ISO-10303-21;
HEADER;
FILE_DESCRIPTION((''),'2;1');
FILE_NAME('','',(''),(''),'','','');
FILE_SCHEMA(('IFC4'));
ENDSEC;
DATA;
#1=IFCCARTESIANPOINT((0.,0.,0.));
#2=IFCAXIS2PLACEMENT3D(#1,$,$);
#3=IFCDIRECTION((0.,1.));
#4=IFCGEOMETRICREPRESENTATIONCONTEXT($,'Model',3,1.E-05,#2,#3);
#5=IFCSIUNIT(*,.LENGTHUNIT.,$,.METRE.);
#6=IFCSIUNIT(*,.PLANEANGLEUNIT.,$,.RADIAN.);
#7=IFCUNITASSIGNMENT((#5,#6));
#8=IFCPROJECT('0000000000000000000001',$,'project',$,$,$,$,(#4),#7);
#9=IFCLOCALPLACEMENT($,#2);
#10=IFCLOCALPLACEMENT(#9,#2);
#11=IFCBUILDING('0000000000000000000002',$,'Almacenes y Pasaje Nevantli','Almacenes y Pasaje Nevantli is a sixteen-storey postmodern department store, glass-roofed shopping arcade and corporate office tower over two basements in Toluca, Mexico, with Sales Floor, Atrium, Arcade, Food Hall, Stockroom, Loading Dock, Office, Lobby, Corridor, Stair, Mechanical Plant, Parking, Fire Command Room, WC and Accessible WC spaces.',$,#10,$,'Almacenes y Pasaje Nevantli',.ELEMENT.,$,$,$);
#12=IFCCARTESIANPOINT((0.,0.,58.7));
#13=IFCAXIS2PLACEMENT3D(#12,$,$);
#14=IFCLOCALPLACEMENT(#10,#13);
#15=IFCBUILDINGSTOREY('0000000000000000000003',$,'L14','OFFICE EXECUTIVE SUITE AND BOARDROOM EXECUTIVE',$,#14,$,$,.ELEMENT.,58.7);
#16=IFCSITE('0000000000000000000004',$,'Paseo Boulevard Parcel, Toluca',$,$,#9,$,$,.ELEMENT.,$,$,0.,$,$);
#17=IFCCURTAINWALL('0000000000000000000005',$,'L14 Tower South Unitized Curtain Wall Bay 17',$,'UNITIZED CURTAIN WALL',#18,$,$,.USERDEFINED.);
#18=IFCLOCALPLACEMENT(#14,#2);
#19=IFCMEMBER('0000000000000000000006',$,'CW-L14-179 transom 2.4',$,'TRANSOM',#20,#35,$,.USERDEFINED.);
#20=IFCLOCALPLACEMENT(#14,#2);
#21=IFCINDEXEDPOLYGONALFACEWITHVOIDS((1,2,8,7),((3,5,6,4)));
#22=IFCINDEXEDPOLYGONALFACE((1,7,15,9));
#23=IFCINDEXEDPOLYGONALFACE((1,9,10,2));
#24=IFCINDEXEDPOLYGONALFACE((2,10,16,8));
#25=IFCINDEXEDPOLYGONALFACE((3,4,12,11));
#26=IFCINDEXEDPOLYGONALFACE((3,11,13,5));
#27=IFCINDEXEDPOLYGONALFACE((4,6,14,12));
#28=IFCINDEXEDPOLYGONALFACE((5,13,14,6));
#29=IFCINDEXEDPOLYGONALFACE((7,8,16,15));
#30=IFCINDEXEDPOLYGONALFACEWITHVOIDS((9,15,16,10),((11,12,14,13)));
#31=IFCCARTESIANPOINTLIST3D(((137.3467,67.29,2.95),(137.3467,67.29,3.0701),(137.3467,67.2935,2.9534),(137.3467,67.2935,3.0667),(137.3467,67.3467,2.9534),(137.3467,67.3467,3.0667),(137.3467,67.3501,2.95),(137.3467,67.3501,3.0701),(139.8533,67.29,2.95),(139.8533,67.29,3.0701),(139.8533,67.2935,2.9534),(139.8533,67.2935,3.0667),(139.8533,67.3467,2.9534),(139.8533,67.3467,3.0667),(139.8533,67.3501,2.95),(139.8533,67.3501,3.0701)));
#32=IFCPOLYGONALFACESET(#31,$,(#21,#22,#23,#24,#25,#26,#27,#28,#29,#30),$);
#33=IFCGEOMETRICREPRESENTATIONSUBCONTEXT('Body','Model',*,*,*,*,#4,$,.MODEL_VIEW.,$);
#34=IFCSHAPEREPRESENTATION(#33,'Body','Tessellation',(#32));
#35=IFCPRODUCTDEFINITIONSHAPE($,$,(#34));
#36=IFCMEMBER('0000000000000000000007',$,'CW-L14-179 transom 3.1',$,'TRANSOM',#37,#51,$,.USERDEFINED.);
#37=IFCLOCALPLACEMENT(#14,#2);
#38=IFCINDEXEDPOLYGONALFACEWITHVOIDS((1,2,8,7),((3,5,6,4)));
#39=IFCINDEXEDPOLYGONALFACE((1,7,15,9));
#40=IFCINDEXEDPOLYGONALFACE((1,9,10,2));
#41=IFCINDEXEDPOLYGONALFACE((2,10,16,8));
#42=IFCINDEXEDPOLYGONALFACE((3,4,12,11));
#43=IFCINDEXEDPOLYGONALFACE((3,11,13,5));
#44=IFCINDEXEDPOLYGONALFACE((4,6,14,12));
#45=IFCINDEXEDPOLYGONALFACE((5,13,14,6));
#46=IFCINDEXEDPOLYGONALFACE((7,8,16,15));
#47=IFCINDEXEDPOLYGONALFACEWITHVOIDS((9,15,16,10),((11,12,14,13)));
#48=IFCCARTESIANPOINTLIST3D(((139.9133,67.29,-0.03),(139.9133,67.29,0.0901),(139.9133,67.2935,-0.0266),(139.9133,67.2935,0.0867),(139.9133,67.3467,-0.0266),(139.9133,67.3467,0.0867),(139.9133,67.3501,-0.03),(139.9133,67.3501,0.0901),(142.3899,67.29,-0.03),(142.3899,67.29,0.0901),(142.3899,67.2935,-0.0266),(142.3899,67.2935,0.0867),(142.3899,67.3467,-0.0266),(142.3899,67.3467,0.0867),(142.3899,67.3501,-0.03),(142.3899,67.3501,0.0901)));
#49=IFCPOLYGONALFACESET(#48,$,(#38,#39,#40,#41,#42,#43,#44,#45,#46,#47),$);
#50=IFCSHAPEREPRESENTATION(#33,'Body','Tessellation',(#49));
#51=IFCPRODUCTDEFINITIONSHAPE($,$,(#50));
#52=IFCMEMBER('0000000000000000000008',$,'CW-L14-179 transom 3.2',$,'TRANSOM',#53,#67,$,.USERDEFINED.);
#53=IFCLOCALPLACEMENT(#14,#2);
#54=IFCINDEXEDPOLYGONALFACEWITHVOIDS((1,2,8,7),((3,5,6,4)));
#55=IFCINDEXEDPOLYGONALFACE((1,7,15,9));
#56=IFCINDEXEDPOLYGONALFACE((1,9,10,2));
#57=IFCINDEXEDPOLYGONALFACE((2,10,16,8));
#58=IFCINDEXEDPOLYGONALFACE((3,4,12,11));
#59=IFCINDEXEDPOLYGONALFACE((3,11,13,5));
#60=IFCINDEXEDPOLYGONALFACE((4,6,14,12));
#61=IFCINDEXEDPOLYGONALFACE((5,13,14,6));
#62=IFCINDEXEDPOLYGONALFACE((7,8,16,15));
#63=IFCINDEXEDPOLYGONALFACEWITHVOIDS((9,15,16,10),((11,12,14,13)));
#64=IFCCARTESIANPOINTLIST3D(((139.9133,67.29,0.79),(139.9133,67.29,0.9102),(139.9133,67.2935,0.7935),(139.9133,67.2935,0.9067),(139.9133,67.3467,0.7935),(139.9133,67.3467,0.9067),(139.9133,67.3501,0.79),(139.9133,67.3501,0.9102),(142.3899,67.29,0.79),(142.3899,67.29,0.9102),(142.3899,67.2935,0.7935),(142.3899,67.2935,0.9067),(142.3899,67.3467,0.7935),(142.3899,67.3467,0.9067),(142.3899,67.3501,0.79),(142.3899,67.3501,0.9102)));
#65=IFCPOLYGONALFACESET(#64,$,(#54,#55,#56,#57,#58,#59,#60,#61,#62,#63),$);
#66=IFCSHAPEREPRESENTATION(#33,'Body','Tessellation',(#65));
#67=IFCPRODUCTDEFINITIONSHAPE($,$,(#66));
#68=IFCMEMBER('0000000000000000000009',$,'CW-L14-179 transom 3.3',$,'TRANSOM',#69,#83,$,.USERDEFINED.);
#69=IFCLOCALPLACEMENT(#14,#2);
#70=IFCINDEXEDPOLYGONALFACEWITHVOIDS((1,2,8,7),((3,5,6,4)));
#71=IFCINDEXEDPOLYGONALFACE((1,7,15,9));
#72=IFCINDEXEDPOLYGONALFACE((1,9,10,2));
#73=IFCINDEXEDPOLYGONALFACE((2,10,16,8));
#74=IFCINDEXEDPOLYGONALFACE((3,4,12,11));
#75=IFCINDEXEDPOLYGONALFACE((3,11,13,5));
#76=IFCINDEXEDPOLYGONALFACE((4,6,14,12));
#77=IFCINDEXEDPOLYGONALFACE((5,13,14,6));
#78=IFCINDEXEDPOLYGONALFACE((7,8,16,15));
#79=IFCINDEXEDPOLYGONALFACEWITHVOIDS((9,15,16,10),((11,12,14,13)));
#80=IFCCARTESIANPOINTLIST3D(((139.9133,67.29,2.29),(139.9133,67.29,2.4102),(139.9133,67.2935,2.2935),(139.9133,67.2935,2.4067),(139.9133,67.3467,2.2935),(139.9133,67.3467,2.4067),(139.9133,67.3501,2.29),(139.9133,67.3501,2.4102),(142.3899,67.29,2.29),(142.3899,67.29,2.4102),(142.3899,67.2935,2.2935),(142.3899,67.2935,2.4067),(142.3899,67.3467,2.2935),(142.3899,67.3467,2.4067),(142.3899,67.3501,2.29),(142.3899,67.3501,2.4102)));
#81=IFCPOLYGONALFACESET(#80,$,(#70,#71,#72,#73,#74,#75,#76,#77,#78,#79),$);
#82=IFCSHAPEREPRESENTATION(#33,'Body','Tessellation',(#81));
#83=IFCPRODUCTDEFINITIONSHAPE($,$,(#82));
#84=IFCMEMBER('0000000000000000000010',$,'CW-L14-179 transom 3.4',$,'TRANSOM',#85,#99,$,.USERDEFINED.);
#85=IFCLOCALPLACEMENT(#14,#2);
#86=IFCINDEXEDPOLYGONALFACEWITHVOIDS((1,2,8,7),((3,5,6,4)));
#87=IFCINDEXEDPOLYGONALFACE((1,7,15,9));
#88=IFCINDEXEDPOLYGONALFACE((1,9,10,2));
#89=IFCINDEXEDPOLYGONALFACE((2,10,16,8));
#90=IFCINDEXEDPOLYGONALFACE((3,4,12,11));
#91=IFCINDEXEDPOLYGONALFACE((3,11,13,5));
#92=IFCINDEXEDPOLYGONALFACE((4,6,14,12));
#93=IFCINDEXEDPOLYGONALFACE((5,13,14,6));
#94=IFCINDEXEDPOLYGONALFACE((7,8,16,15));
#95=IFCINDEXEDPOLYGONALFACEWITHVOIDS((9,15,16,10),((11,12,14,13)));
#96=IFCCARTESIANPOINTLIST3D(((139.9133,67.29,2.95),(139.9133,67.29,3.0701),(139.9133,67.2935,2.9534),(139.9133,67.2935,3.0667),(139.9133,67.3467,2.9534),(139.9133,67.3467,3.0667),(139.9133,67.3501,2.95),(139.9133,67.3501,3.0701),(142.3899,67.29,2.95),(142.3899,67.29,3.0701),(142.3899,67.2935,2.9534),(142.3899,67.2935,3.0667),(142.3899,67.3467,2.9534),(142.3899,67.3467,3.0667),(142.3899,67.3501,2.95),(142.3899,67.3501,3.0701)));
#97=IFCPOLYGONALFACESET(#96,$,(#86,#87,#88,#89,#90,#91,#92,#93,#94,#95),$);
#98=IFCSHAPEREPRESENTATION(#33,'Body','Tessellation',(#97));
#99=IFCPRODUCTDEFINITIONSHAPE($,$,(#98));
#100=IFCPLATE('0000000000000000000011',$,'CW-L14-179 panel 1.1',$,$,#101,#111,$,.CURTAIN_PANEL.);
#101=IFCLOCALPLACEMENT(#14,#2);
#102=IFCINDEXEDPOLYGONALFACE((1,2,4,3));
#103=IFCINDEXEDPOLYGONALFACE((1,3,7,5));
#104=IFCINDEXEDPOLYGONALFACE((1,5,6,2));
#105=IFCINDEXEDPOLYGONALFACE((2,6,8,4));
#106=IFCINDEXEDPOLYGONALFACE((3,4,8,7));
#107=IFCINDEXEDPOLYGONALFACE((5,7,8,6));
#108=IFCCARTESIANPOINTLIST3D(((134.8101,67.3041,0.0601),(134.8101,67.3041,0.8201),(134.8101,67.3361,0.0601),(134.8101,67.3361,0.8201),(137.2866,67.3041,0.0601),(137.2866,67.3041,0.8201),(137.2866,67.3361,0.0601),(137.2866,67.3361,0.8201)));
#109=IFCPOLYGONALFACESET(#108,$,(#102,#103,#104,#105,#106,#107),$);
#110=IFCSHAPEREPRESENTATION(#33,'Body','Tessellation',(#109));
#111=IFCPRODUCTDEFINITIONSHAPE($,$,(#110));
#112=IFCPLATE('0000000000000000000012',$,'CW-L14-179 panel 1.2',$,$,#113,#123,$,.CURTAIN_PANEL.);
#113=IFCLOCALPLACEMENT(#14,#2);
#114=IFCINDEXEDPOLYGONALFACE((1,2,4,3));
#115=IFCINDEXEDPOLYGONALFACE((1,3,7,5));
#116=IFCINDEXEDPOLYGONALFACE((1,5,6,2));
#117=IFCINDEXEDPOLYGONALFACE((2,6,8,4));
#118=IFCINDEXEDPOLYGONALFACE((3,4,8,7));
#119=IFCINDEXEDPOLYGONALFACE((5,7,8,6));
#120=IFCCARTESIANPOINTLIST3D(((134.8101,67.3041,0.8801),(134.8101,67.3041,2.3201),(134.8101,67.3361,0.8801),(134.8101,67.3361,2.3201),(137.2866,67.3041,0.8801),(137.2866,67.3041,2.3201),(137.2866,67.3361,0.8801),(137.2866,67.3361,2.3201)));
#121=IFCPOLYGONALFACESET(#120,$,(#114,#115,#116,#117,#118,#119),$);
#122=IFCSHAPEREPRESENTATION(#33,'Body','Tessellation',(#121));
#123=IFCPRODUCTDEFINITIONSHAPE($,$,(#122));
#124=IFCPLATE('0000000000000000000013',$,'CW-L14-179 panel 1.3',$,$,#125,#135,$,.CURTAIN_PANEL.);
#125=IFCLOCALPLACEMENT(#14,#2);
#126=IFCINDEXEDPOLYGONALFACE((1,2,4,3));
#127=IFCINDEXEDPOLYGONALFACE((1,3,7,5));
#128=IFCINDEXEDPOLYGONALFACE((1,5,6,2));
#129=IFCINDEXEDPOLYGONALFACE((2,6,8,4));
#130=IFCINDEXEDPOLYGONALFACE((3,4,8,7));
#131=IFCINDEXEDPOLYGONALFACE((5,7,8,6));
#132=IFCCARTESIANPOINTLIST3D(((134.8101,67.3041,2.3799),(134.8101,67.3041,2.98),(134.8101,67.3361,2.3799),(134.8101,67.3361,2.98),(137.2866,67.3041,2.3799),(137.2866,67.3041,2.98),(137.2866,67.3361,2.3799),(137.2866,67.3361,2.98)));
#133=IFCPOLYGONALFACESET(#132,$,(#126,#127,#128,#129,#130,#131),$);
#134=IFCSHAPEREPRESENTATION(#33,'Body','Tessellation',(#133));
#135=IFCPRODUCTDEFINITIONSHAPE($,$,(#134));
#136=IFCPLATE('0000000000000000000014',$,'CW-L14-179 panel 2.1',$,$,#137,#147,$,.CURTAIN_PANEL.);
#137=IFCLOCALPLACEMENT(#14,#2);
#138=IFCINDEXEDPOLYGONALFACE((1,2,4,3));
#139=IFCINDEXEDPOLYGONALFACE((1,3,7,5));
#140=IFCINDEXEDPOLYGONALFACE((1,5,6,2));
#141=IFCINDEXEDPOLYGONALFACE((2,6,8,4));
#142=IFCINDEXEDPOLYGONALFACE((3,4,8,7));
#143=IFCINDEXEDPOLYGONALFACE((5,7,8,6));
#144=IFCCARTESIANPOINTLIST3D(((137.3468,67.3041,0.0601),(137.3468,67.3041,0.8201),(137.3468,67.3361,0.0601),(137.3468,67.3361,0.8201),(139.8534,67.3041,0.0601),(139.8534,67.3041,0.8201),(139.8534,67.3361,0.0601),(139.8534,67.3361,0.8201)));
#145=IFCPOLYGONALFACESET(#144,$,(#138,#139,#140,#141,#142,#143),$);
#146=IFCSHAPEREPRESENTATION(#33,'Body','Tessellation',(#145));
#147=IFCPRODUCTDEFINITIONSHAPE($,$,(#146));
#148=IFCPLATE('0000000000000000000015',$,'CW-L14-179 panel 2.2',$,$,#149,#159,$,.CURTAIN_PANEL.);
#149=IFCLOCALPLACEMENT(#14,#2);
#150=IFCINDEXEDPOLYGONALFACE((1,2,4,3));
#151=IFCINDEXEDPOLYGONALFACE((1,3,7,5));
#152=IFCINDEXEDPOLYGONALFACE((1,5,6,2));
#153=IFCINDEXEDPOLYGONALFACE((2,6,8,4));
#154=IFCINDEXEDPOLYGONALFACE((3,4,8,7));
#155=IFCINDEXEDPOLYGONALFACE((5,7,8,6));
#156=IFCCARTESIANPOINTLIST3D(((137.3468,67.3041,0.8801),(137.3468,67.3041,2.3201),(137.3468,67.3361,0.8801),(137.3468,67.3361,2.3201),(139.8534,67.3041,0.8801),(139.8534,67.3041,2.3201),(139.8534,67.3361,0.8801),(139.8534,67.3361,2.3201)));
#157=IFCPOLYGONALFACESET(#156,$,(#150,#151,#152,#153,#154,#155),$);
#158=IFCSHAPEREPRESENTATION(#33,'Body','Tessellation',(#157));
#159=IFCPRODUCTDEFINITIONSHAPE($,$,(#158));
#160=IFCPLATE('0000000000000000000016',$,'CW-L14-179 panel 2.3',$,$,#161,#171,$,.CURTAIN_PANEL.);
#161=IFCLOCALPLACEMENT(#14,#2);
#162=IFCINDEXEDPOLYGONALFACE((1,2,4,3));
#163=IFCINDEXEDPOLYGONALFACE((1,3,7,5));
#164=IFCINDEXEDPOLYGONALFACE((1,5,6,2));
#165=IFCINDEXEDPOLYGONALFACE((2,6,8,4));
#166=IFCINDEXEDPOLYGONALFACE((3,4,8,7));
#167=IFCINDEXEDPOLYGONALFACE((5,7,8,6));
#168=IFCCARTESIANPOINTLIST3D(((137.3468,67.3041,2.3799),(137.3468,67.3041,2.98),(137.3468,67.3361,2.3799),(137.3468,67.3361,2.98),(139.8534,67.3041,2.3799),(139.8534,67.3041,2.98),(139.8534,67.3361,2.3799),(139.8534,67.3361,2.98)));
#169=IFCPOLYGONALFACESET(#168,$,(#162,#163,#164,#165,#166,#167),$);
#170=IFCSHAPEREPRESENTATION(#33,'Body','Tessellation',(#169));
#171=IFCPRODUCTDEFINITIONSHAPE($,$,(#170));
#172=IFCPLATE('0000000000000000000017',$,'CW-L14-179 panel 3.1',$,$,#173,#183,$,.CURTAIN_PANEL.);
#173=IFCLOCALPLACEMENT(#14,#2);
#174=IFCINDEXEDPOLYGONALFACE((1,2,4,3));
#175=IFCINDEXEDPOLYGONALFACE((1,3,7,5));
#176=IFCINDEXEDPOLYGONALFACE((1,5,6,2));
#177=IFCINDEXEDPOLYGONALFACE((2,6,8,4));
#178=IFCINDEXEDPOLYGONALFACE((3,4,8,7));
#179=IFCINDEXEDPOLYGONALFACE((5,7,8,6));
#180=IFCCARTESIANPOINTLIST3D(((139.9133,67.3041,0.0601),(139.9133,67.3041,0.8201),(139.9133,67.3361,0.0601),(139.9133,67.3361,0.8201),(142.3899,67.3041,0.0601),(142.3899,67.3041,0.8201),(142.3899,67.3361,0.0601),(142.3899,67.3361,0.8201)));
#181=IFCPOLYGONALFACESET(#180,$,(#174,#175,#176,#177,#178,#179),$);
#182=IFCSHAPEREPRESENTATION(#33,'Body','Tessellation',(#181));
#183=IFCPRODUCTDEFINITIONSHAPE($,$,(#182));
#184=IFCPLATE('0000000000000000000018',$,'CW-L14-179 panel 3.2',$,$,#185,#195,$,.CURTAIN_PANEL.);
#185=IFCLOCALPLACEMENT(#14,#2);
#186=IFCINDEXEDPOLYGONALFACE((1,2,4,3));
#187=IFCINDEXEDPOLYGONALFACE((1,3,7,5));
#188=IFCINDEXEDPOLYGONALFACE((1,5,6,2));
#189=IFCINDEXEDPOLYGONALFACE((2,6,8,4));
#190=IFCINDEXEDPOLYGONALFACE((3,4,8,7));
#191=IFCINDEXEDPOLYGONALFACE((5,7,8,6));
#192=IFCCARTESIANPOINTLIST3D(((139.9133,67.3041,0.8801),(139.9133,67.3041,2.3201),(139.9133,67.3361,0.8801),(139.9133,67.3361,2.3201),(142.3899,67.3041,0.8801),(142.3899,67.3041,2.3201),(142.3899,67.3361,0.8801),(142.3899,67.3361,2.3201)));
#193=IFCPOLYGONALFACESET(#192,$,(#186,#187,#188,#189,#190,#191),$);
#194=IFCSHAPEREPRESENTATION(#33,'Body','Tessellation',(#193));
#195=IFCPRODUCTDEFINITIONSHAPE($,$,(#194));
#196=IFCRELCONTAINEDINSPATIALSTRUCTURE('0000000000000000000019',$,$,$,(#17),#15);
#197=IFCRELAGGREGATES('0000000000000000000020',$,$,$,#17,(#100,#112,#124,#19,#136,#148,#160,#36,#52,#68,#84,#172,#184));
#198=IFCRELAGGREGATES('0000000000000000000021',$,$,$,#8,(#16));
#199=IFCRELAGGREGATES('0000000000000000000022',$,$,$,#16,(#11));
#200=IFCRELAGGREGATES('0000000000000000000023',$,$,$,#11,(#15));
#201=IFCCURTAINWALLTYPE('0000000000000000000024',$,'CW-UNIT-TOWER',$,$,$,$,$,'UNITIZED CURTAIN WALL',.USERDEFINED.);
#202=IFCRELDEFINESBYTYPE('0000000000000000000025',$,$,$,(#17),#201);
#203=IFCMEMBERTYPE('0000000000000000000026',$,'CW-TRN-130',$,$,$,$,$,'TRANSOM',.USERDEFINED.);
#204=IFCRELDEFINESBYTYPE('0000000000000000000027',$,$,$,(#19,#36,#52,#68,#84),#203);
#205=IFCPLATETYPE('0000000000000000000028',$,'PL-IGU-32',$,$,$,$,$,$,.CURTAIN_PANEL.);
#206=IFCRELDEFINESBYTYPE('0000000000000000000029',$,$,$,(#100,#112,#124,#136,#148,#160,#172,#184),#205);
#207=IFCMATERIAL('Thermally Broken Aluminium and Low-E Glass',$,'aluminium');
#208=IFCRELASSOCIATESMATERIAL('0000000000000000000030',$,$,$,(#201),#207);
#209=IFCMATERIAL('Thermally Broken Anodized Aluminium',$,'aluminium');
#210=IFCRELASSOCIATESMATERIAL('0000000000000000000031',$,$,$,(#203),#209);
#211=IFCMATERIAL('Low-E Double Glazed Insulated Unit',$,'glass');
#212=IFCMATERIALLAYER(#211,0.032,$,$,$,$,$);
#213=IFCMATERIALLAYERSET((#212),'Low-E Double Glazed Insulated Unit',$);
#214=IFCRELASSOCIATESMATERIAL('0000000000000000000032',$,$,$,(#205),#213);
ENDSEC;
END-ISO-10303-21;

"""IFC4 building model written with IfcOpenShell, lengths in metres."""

from ifc_helpers import new_model, si_unit, direction, frame, origin, origin_2d, place, context, subcontext, project, spatial, rectangle, hollow_rectangle, extrude, material, layer, layer_set, material_profile, profile_set, type_object, element, aggregate, save


model = new_model("IFC4")

# Units and contexts
model_context = context("Model", 3, precision=1e-05, world=origin(), true_north=direction((0.0, 1.0)))
body_context = subcontext(model_context, "Body", "Model", "MODEL_VIEW")
ifc_project = project(units=[si_unit("LENGTHUNIT", "METRE"), si_unit("PLANEANGLEUNIT", "RADIAN")], contexts=[model_context])

# Site, building, storey
site_placement = place(None, origin())
site = spatial("IfcSite", under=ifc_project, at=site_placement, Name="Paseo Boulevard Parcel, Toluca", CompositionType="ELEMENT", RefElevation=0.0)
building_placement = place(site_placement, origin())
building = spatial("IfcBuilding", under=site, at=building_placement, Name="Almacenes y Pasaje Nevantli", Description="Almacenes y Pasaje Nevantli is a sixteen-storey postmodern department store, glass-roofed shopping arcade and corporate office tower over two basements in Toluca, Mexico, with Sales Floor, Atrium, Arcade, Food Hall, Stockroom, Loading Dock, Office, Lobby, Corridor, Stair, Mechanical Plant, Parking, Fire Command Room, WC and Accessible WC spaces.", LongName="Almacenes y Pasaje Nevantli", CompositionType="ELEMENT")
storey_placement = place(building_placement, frame((0.0, 0.0, 58.7)))
storey = spatial("IfcBuildingStorey", under=building, at=storey_placement, Name="L14", Description="OFFICE EXECUTIVE SUITE AND BOARDROOM EXECUTIVE", CompositionType="ELEMENT", Elevation=58.7)

# Curtain wall, members, plates
ifc_material_1 = material(Name="Thermally Broken Aluminium and Low-E Glass", Category="aluminium")
curtain_wall_type = type_object("IfcCurtainWallType", Name="CW-UNIT-TOWER", ElementType="UNITIZED CURTAIN WALL", PredefinedType="USERDEFINED", material=ifc_material_1)
curtain_wall_placement = place(storey_placement, origin())
curtain_wall = element("IfcCurtainWall", 1, at=curtain_wall_placement, inside=storey, type_object=curtain_wall_type, Name="L14 Tower South Unitized Curtain Wall Bay 17", ObjectType="UNITIZED CURTAIN WALL", PredefinedType="USERDEFINED")
ifc_material_2 = material(Name="Thermally Broken Anodized Aluminium", Category="aluminium")
ifc_material_profile_1 = material_profile(ifc_material_2, hollow_rectangle(XDim=0.0601, YDim=0.1201, WallThickness=0.0034, at=origin_2d()), Name="ALU-TRN-60x120")
ifc_profile_set_1 = profile_set([ifc_material_profile_1], Name="Thermally Broken Anodized Aluminium")
member_type_1 = type_object("IfcMemberType", Name="CW-TRN-130", ElementType="TRANSOM", PredefinedType="USERDEFINED", material=ifc_profile_set_1)
member_1_placement = place(storey_placement, frame((137.3467, 67.3201, 3.01), z_axis=(1.0, 0.0, 0.0), x_axis=(0.0, 1.0, 0.0)))
member_1 = element("IfcMember", 2, at=member_1_placement, type_object=member_type_1, Name="CW-L14-179 transom 2.4", ObjectType="TRANSOM", PredefinedType="USERDEFINED", context=body_context, shape_type="SweptSolid", body=[
    extrude(hollow_rectangle(XDim=0.0601, YDim=0.1201, WallThickness=0.0034, at=origin_2d()), origin(), (0.0, 0.0, 1.0), 2.5066),
])
member_2_placement = place(storey_placement, frame((139.9133, 67.3201, 0.03), z_axis=(1.0, 0.0, 0.0), x_axis=(0.0, 1.0, 0.0)))
member_2 = element("IfcMember", 3, at=member_2_placement, type_object=member_type_1, Name="CW-L14-179 transom 3.1", ObjectType="TRANSOM", PredefinedType="USERDEFINED", context=body_context, shape_type="SweptSolid", body=[
    extrude(hollow_rectangle(XDim=0.0601, YDim=0.1201, WallThickness=0.0034, at=origin_2d()), origin(), (0.0, 0.0, 1.0), 2.4766),
])
member_3_placement = place(storey_placement, frame((139.9133, 67.3201, 0.8501), z_axis=(1.0, 0.0, 0.0), x_axis=(0.0, 1.0, 0.0)))
member_3 = element("IfcMember", 4, at=member_3_placement, type_object=member_type_1, Name="CW-L14-179 transom 3.2", ObjectType="TRANSOM", PredefinedType="USERDEFINED", context=body_context, shape_type="SweptSolid", body=[
    extrude(hollow_rectangle(XDim=0.0601, YDim=0.1201, WallThickness=0.0034, at=origin_2d()), origin(), (0.0, 0.0, 1.0), 2.4766),
])
member_4_placement = place(storey_placement, frame((139.9133, 67.3201, 2.3501), z_axis=(1.0, 0.0, 0.0), x_axis=(0.0, 1.0, 0.0)))
member_4 = element("IfcMember", 5, at=member_4_placement, type_object=member_type_1, Name="CW-L14-179 transom 3.3", ObjectType="TRANSOM", PredefinedType="USERDEFINED", context=body_context, shape_type="SweptSolid", body=[
    extrude(hollow_rectangle(XDim=0.0601, YDim=0.1201, WallThickness=0.0034, at=origin_2d()), origin(), (0.0, 0.0, 1.0), 2.4766),
])
member_5_placement = place(storey_placement, frame((139.9133, 67.3201, 3.01), z_axis=(1.0, 0.0, 0.0), x_axis=(0.0, 1.0, 0.0)))
member_5 = element("IfcMember", 6, at=member_5_placement, type_object=member_type_1, Name="CW-L14-179 transom 3.4", ObjectType="TRANSOM", PredefinedType="USERDEFINED", context=body_context, shape_type="SweptSolid", body=[
    extrude(hollow_rectangle(XDim=0.0601, YDim=0.1201, WallThickness=0.0034, at=origin_2d()), origin(), (0.0, 0.0, 1.0), 2.4766),
])
ifc_material_3 = material(Name="Low-E Double Glazed Insulated Unit", Category="glass")
ifc_layer_1 = layer(ifc_material_3, 0.032)
ifc_layer_set_1 = layer_set([ifc_layer_1], Name="Low-E Double Glazed Insulated Unit")
plate_type = type_object("IfcPlateType", Name="PL-IGU-32", PredefinedType="CURTAIN_PANEL", material=ifc_layer_set_1)
plate_1_placement = place(storey_placement, frame((136.0483, 67.3201, 0.0601), z_axis=(0.0, 0.0, 1.0), x_axis=(1.0, 0.0, 0.0)))
plate_1 = element("IfcPlate", 7, at=plate_1_placement, type_object=plate_type, Name="CW-L14-179 panel 1.1", PredefinedType="CURTAIN_PANEL", context=body_context, shape_type="SweptSolid", body=[
    extrude(rectangle(XDim=2.4766, YDim=0.032, at=origin_2d()), origin(), (0.0, 0.0, 1.0), 0.76),
])
plate_2_placement = place(storey_placement, frame((136.0483, 67.3201, 0.8801), z_axis=(0.0, 0.0, 1.0), x_axis=(1.0, 0.0, 0.0)))
plate_2 = element("IfcPlate", 8, at=plate_2_placement, type_object=plate_type, Name="CW-L14-179 panel 1.2", PredefinedType="CURTAIN_PANEL", context=body_context, shape_type="SweptSolid", body=[
    extrude(rectangle(XDim=2.4766, YDim=0.032, at=origin_2d()), origin(), (0.0, 0.0, 1.0), 1.4399),
])
plate_3_placement = place(storey_placement, frame((136.0483, 67.3201, 2.3799), z_axis=(0.0, 0.0, 1.0), x_axis=(1.0, 0.0, 0.0)))
plate_3 = element("IfcPlate", 9, at=plate_3_placement, type_object=plate_type, Name="CW-L14-179 panel 1.3", PredefinedType="CURTAIN_PANEL", context=body_context, shape_type="SweptSolid", body=[
    extrude(rectangle(XDim=2.4766, YDim=0.032, at=origin_2d()), origin(), (0.0, 0.0, 1.0), 0.6001),
])
plate_4_placement = place(storey_placement, frame((138.6001, 67.3201, 0.0601), z_axis=(0.0, 0.0, 1.0), x_axis=(1.0, 0.0, 0.0)))
plate_4 = element("IfcPlate", 10, at=plate_4_placement, type_object=plate_type, Name="CW-L14-179 panel 2.1", PredefinedType="CURTAIN_PANEL", context=body_context, shape_type="SweptSolid", body=[
    extrude(rectangle(XDim=2.5066, YDim=0.032, at=origin_2d()), origin(), (0.0, 0.0, 1.0), 0.76),
])
plate_5_placement = place(storey_placement, frame((138.6001, 67.3201, 0.8801), z_axis=(0.0, 0.0, 1.0), x_axis=(1.0, 0.0, 0.0)))
plate_5 = element("IfcPlate", 11, at=plate_5_placement, type_object=plate_type, Name="CW-L14-179 panel 2.2", PredefinedType="CURTAIN_PANEL", context=body_context, shape_type="SweptSolid", body=[
    extrude(rectangle(XDim=2.5066, YDim=0.032, at=origin_2d()), origin(), (0.0, 0.0, 1.0), 1.4399),
])
plate_6_placement = place(storey_placement, frame((138.6001, 67.3201, 2.3799), z_axis=(0.0, 0.0, 1.0), x_axis=(1.0, 0.0, 0.0)))
plate_6 = element("IfcPlate", 12, at=plate_6_placement, type_object=plate_type, Name="CW-L14-179 panel 2.3", PredefinedType="CURTAIN_PANEL", context=body_context, shape_type="SweptSolid", body=[
    extrude(rectangle(XDim=2.5066, YDim=0.032, at=origin_2d()), origin(), (0.0, 0.0, 1.0), 0.6001),
])
plate_7_placement = place(storey_placement, frame((141.1516, 67.3201, 0.0601), z_axis=(0.0, 0.0, 1.0), x_axis=(1.0, 0.0, 0.0)))
plate_7 = element("IfcPlate", 13, at=plate_7_placement, type_object=plate_type, Name="CW-L14-179 panel 3.1", PredefinedType="CURTAIN_PANEL", context=body_context, shape_type="SweptSolid", body=[
    extrude(rectangle(XDim=2.4766, YDim=0.032, at=origin_2d()), origin(), (0.0, 0.0, 1.0), 0.76),
])
plate_8_placement = place(storey_placement, frame((141.1516, 67.3201, 0.8801), z_axis=(0.0, 0.0, 1.0), x_axis=(1.0, 0.0, 0.0)))
plate_8 = element("IfcPlate", 14, at=plate_8_placement, type_object=plate_type, Name="CW-L14-179 panel 3.2", PredefinedType="CURTAIN_PANEL", context=body_context, shape_type="SweptSolid", body=[
    extrude(rectangle(XDim=2.4766, YDim=0.032, at=origin_2d()), origin(), (0.0, 0.0, 1.0), 1.4399),
])
aggregate(curtain_wall, [plate_1, plate_2, plate_3, member_1, plate_4, plate_5, plate_6, member_2, member_3, member_4, member_5, plate_7, plate_8])

save(model, "model.ifc")
